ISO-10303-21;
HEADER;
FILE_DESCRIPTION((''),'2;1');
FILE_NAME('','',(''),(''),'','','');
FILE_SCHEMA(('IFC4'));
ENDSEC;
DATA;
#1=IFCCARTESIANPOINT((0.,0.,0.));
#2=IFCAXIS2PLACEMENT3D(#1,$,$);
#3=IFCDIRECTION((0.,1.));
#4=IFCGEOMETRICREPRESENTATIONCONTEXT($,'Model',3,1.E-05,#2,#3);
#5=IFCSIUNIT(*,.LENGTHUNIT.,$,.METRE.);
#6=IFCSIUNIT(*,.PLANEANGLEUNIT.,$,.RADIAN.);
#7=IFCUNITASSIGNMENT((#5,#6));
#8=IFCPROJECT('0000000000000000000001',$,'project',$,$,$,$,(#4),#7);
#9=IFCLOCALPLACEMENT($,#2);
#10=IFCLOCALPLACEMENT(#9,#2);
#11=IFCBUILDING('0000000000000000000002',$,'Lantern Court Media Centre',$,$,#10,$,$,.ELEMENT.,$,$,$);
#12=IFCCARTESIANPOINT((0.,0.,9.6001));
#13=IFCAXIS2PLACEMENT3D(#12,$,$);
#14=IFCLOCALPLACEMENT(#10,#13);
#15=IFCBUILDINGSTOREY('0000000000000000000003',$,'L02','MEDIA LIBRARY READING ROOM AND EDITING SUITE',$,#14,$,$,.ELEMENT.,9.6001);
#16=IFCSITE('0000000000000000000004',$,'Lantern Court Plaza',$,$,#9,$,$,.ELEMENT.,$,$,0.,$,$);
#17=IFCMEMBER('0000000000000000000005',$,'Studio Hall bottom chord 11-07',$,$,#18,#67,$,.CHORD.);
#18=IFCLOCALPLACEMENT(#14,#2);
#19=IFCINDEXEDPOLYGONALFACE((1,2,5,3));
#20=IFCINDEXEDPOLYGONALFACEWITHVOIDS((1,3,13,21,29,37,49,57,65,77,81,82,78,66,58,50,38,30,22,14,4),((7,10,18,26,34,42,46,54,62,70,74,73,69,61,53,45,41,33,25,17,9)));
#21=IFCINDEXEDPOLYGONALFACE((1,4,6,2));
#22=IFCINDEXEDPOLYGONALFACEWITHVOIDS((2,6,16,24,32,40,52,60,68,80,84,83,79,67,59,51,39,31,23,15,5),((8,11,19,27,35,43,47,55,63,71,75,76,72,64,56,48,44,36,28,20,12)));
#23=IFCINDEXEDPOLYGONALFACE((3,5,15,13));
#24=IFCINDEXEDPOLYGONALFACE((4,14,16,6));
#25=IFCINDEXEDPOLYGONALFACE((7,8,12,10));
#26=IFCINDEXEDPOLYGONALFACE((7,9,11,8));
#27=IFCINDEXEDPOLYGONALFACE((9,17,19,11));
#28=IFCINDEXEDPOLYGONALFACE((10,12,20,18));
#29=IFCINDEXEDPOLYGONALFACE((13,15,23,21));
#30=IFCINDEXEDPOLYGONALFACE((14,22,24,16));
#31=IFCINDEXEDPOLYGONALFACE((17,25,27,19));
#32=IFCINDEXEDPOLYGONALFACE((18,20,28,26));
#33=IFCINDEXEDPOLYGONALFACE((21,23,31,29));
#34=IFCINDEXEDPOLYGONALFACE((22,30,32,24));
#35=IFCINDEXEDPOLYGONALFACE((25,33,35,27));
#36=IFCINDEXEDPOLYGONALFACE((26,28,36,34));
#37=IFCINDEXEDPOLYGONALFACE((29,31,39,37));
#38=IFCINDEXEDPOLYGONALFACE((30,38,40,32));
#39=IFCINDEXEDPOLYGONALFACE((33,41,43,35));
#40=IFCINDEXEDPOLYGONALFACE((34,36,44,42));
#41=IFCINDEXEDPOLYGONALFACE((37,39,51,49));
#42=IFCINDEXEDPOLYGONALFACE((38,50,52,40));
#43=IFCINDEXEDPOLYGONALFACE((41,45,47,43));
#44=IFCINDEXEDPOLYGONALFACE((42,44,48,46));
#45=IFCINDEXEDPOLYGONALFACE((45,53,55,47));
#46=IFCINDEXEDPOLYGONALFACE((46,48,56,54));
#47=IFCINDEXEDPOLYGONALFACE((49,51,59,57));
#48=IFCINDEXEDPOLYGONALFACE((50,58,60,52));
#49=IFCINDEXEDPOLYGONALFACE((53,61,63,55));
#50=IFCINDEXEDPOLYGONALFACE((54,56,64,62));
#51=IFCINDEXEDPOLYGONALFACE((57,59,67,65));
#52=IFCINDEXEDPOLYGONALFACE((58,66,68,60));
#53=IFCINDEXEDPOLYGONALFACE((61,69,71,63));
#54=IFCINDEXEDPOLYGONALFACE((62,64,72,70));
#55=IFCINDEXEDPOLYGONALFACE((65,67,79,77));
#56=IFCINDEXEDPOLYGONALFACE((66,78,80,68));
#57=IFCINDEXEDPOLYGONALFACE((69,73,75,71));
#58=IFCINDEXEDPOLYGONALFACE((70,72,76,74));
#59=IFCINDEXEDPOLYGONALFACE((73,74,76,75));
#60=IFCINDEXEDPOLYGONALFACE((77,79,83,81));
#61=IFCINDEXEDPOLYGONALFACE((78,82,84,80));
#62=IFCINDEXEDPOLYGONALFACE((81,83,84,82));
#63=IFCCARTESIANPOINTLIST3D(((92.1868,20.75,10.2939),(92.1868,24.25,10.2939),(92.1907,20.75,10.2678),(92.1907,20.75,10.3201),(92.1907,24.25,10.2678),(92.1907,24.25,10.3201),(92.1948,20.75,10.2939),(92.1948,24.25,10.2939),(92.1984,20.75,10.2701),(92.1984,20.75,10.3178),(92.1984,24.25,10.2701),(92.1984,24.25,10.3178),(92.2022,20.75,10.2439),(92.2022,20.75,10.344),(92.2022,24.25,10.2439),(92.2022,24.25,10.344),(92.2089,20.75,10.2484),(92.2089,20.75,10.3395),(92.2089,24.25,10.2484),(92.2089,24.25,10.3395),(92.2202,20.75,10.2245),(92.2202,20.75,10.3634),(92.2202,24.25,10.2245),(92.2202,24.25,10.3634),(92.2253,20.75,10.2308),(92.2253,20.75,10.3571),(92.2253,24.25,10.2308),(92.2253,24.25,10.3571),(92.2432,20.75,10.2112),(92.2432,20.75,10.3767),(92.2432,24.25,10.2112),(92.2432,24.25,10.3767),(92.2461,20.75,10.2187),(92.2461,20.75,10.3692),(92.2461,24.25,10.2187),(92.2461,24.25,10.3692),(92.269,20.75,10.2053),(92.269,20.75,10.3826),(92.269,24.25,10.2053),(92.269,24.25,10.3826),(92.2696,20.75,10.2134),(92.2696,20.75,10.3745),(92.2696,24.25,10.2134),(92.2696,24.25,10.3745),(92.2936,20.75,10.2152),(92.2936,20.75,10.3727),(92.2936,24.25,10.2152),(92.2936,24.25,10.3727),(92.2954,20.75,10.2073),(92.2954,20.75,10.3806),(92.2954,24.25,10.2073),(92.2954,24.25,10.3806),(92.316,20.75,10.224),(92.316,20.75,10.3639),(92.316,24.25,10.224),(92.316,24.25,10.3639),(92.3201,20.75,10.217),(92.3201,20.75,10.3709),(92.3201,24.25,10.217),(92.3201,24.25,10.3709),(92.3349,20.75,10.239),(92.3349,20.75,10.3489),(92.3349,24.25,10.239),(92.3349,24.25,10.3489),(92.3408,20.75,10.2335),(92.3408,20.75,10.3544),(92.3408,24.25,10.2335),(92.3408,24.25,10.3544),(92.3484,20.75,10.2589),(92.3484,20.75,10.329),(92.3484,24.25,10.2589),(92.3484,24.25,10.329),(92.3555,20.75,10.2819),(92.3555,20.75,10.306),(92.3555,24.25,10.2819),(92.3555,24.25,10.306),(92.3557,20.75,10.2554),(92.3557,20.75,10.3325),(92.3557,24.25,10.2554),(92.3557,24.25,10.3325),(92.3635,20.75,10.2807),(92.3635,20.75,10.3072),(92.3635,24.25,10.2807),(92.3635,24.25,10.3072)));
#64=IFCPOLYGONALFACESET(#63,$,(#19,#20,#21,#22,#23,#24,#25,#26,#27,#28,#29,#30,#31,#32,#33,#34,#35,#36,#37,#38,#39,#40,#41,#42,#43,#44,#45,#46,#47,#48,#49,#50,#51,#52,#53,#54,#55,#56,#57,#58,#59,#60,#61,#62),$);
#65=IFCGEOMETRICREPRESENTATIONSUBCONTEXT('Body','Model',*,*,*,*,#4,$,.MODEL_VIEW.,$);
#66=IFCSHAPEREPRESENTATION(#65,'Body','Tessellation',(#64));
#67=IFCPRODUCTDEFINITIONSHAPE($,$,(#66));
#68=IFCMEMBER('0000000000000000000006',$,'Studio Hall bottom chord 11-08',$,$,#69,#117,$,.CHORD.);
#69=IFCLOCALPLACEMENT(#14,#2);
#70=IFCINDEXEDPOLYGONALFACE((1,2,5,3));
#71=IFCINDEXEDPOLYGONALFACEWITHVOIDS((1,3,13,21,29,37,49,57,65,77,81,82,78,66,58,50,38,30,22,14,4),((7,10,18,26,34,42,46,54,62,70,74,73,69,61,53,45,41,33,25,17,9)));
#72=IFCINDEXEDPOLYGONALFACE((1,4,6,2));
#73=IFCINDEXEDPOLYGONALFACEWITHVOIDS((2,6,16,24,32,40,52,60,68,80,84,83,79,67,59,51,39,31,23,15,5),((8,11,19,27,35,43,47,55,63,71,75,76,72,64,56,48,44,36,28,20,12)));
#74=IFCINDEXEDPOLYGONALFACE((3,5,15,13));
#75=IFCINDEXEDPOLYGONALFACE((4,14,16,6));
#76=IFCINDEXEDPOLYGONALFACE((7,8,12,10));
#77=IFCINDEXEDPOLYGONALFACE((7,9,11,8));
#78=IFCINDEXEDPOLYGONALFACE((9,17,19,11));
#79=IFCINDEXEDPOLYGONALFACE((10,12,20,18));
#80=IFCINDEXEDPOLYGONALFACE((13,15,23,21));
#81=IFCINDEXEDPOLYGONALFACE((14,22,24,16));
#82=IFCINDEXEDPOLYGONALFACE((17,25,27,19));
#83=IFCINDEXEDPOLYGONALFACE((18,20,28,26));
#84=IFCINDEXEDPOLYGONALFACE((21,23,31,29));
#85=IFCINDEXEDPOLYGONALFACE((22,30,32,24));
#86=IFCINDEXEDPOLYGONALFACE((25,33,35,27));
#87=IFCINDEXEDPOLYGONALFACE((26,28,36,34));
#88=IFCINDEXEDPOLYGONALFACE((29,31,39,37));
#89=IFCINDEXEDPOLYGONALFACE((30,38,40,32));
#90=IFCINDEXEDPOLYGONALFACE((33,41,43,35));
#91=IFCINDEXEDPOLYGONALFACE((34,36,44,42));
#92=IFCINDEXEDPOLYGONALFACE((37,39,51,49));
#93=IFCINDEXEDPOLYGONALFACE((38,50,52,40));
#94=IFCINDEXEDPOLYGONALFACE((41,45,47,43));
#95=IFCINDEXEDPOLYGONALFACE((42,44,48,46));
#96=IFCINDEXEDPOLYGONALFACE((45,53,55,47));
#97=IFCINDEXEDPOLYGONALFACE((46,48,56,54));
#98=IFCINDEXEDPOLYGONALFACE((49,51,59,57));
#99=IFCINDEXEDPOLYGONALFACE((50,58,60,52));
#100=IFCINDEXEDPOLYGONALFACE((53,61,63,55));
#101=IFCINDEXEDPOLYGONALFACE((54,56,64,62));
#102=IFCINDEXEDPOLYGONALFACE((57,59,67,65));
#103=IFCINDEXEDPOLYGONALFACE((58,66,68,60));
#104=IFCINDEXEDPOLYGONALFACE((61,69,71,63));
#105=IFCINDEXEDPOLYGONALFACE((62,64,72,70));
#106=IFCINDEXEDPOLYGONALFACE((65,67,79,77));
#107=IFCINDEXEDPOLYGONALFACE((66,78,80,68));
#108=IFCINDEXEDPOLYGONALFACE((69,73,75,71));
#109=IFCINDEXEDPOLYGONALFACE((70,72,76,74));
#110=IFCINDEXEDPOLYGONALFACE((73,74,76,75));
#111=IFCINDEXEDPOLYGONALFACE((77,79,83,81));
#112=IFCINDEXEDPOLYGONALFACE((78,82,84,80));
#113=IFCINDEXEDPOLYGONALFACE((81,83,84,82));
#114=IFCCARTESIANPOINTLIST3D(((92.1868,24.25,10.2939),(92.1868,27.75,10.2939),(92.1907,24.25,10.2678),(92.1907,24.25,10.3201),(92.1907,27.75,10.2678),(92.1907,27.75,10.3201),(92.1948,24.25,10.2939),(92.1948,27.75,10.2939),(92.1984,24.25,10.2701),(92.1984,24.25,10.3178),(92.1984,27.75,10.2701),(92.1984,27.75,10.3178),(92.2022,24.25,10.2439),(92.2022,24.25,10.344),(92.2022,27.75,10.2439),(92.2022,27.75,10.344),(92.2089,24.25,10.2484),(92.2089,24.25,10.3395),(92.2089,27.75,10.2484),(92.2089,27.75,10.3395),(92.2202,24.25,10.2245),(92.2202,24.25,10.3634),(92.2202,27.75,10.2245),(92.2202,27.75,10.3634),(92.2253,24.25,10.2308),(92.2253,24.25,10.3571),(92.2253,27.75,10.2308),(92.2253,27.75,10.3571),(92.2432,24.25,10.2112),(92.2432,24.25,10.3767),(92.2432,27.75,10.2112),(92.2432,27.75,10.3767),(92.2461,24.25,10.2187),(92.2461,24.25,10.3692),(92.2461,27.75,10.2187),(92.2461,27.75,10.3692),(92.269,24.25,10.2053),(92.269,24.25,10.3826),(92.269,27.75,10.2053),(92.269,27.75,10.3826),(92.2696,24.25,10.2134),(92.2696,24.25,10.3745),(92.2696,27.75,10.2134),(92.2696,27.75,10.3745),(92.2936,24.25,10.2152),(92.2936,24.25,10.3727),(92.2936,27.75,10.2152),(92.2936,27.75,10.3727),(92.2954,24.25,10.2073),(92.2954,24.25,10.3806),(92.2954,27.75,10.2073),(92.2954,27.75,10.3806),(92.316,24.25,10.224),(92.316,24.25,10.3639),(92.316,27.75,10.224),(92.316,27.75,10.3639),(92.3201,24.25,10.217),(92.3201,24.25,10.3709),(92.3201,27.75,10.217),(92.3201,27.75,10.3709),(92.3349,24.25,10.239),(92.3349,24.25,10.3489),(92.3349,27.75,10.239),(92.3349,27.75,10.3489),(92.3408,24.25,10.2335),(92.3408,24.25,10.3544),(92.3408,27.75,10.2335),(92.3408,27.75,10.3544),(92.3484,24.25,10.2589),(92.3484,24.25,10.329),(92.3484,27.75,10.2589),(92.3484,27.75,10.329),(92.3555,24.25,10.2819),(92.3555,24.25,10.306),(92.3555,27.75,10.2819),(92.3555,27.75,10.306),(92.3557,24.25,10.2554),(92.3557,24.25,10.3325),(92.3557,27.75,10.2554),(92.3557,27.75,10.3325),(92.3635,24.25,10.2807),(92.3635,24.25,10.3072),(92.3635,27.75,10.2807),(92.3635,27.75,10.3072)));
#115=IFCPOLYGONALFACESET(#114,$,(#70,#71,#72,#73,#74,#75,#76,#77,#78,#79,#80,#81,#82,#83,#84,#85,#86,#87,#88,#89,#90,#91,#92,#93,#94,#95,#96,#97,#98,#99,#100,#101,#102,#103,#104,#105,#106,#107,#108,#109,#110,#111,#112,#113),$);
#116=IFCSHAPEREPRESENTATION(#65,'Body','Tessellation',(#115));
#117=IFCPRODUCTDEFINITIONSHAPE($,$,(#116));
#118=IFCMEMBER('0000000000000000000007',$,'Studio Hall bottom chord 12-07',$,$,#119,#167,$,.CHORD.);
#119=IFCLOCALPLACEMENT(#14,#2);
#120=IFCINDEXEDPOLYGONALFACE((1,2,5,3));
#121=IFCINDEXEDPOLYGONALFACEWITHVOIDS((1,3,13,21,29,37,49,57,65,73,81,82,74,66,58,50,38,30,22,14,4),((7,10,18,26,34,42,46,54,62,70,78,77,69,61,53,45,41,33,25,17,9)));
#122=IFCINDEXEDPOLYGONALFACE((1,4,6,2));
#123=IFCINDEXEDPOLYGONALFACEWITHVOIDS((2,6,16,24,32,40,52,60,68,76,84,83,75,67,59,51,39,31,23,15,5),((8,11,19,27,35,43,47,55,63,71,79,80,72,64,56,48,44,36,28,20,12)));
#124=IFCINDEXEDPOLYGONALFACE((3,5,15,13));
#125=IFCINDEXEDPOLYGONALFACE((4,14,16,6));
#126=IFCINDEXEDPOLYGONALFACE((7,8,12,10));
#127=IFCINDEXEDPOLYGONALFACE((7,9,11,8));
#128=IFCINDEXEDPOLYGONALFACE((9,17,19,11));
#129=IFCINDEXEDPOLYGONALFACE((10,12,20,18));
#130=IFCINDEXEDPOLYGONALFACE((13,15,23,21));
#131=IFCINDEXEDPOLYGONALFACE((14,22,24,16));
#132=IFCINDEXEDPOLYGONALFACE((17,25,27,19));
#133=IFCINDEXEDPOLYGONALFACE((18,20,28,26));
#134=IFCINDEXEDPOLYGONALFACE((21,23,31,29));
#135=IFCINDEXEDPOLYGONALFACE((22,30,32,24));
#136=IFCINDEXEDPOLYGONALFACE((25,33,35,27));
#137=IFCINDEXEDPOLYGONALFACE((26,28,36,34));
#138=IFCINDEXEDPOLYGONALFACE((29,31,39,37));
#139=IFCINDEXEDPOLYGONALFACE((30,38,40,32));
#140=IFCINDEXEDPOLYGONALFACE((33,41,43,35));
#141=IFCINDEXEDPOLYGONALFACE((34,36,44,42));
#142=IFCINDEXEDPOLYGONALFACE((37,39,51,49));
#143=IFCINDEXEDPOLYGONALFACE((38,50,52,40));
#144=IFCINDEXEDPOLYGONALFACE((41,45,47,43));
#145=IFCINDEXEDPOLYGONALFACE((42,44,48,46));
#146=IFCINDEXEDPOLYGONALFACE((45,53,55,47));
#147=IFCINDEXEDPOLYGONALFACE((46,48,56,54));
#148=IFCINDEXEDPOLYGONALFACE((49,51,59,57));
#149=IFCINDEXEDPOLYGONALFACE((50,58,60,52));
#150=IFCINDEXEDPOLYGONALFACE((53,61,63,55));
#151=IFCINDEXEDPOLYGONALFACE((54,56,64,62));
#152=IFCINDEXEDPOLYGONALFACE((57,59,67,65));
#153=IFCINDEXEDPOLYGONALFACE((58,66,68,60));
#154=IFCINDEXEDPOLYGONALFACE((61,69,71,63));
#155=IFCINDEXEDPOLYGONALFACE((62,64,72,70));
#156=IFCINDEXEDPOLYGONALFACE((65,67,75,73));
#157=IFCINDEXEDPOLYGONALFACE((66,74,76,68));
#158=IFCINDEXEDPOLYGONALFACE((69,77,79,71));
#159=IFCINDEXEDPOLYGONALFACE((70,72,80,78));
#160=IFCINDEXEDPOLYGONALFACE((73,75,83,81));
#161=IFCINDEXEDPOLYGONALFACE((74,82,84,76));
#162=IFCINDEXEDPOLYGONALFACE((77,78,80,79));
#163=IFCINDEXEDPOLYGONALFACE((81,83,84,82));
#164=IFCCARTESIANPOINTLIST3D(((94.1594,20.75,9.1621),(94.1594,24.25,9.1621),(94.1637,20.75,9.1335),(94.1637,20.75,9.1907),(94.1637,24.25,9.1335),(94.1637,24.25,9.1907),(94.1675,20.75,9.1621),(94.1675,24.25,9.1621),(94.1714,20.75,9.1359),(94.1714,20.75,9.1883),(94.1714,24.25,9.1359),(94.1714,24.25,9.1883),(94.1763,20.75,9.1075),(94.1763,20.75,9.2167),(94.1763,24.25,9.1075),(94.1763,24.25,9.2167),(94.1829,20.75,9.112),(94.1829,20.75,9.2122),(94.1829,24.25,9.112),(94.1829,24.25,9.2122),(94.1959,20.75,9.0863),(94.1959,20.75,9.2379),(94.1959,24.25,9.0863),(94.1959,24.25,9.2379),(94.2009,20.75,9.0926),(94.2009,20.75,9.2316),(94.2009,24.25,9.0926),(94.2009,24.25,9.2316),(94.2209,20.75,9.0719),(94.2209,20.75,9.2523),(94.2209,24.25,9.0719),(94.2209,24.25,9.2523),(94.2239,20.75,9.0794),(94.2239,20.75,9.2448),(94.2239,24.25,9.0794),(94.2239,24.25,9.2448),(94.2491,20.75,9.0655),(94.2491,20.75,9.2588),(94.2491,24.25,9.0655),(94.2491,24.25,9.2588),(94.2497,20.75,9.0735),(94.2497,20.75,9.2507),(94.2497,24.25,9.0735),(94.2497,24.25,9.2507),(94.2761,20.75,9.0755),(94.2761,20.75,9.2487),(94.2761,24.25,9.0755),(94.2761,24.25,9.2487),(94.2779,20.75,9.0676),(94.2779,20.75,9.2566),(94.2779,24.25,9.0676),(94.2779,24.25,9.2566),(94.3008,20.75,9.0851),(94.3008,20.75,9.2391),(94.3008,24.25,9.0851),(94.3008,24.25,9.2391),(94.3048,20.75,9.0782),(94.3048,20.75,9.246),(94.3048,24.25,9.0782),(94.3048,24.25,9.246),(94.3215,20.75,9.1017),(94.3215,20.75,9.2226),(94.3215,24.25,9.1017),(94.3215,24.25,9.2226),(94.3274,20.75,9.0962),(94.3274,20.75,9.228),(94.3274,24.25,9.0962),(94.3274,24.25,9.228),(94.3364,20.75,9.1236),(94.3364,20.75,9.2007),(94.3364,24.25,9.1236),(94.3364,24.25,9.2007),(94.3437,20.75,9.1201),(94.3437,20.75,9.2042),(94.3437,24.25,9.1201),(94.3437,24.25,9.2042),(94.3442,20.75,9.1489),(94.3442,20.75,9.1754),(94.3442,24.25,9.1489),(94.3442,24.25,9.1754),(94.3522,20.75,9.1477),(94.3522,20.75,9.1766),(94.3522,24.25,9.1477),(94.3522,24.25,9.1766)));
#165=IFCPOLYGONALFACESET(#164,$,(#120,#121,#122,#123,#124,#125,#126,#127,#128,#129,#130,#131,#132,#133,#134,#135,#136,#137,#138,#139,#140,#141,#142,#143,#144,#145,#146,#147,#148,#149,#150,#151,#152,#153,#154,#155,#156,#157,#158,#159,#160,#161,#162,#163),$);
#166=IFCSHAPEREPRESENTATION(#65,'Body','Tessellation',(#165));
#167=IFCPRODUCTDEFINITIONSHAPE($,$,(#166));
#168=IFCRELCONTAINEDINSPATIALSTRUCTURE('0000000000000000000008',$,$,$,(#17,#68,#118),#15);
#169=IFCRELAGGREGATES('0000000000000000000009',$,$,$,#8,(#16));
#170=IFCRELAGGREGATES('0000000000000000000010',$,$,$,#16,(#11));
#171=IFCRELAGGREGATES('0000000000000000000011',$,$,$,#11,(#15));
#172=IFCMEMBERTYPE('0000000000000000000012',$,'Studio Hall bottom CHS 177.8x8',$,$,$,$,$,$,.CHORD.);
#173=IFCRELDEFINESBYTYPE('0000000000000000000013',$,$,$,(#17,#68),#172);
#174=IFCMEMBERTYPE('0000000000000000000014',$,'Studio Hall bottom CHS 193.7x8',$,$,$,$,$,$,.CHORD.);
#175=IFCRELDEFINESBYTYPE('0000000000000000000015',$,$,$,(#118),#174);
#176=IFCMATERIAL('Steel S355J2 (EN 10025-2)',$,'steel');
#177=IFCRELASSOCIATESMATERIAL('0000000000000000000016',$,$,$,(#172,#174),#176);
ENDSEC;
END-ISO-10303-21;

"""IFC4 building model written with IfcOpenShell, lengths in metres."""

from ifc_helpers import new_model, si_unit, direction, frame, origin, origin_2d, place, context, subcontext, project, spatial, hollow_circle, extrude, material, material_profile, profile_set, type_object, element, save


model = new_model("IFC4")

# Units and contexts
model_context = context("Model", 3, precision=1e-05, world=origin(), true_north=direction((0.0, 1.0)))
body_context = subcontext(model_context, "Body", "Model", "MODEL_VIEW")
ifc_project = project(units=[si_unit("LENGTHUNIT", "METRE"), si_unit("PLANEANGLEUNIT", "RADIAN")], contexts=[model_context])

# Site, building, storey
site_placement = place(None, origin())
site = spatial("IfcSite", under=ifc_project, at=site_placement, Name="Lantern Court Plaza", CompositionType="ELEMENT", RefElevation=0.0)
building_placement = place(site_placement, origin())
building = spatial("IfcBuilding", under=site, at=building_placement, Name="Lantern Court Media Centre", CompositionType="ELEMENT")
storey_placement = place(building_placement, frame((0.0, 0.0, 9.6001)))
storey = spatial("IfcBuildingStorey", under=building, at=storey_placement, Name="L02", Description="MEDIA LIBRARY READING ROOM AND EDITING SUITE", CompositionType="ELEMENT", Elevation=9.6001)

# Members
ifc_material = material(Name="Steel S355J2 (EN 10025-2)", Category="steel")
ifc_material_profile_1 = material_profile(ifc_material, hollow_circle(Radius=0.0889, WallThickness=0.0081, at=origin_2d()), Name="Studio Hall bottom CHS 177.8x8")
ifc_profile_set_1 = profile_set([ifc_material_profile_1], Name="Steel S355J2 (EN 10025-2)")
member_type_1 = type_object("IfcMemberType", Name="Studio Hall bottom CHS 177.8x8", PredefinedType="CHORD", material=ifc_profile_set_1)
for number, where, z_axis, x_axis, name in (
    (1, (92.2756, 20.75, 10.2939), (0.0, 1.0, 0.0), (-1.0, 0.0, 0.0), "Studio Hall bottom chord 11-07"),
    (2, (92.2756, 24.25, 10.2939), (0.0, 1.0, 0.0), (-1.0, 0.0, 0.0), "Studio Hall bottom chord 11-08"),
):
    element("IfcMember", number, at=place(storey_placement, frame(where, z_axis=z_axis, x_axis=x_axis)), inside=storey, type_object=member_type_1, Name=name, PredefinedType="CHORD", context=body_context, shape_type="SweptSolid", body=[
        extrude(hollow_circle(Radius=0.0889, WallThickness=0.0081, at=origin_2d()), origin(), (0.0, 0.0, 1.0), 3.5),
    ])
ifc_material_profile_2 = material_profile(ifc_material, hollow_circle(Radius=0.0969, WallThickness=0.0081, at=origin_2d()), Name="Studio Hall bottom CHS 193.7x8")
ifc_profile_set_2 = profile_set([ifc_material_profile_2], Name="Steel S355J2 (EN 10025-2)")
member_type_2 = type_object("IfcMemberType", Name="Studio Hall bottom CHS 193.7x8", PredefinedType="CHORD", material=ifc_profile_set_2)
for number, where, z_axis, x_axis, name in (
    (3, (94.2563, 20.75, 9.1621), (0.0, 1.0, 0.0), (-1.0, 0.0, 0.0), "Studio Hall bottom chord 12-07"),
):
    element("IfcMember", number, at=place(storey_placement, frame(where, z_axis=z_axis, x_axis=x_axis)), inside=storey, type_object=member_type_2, Name=name, PredefinedType="CHORD", context=body_context, shape_type="SweptSolid", body=[
        extrude(hollow_circle(Radius=0.0969, WallThickness=0.0081, at=origin_2d()), origin(), (0.0, 0.0, 1.0), 3.5),
    ])

save(model, "model.ifc")
